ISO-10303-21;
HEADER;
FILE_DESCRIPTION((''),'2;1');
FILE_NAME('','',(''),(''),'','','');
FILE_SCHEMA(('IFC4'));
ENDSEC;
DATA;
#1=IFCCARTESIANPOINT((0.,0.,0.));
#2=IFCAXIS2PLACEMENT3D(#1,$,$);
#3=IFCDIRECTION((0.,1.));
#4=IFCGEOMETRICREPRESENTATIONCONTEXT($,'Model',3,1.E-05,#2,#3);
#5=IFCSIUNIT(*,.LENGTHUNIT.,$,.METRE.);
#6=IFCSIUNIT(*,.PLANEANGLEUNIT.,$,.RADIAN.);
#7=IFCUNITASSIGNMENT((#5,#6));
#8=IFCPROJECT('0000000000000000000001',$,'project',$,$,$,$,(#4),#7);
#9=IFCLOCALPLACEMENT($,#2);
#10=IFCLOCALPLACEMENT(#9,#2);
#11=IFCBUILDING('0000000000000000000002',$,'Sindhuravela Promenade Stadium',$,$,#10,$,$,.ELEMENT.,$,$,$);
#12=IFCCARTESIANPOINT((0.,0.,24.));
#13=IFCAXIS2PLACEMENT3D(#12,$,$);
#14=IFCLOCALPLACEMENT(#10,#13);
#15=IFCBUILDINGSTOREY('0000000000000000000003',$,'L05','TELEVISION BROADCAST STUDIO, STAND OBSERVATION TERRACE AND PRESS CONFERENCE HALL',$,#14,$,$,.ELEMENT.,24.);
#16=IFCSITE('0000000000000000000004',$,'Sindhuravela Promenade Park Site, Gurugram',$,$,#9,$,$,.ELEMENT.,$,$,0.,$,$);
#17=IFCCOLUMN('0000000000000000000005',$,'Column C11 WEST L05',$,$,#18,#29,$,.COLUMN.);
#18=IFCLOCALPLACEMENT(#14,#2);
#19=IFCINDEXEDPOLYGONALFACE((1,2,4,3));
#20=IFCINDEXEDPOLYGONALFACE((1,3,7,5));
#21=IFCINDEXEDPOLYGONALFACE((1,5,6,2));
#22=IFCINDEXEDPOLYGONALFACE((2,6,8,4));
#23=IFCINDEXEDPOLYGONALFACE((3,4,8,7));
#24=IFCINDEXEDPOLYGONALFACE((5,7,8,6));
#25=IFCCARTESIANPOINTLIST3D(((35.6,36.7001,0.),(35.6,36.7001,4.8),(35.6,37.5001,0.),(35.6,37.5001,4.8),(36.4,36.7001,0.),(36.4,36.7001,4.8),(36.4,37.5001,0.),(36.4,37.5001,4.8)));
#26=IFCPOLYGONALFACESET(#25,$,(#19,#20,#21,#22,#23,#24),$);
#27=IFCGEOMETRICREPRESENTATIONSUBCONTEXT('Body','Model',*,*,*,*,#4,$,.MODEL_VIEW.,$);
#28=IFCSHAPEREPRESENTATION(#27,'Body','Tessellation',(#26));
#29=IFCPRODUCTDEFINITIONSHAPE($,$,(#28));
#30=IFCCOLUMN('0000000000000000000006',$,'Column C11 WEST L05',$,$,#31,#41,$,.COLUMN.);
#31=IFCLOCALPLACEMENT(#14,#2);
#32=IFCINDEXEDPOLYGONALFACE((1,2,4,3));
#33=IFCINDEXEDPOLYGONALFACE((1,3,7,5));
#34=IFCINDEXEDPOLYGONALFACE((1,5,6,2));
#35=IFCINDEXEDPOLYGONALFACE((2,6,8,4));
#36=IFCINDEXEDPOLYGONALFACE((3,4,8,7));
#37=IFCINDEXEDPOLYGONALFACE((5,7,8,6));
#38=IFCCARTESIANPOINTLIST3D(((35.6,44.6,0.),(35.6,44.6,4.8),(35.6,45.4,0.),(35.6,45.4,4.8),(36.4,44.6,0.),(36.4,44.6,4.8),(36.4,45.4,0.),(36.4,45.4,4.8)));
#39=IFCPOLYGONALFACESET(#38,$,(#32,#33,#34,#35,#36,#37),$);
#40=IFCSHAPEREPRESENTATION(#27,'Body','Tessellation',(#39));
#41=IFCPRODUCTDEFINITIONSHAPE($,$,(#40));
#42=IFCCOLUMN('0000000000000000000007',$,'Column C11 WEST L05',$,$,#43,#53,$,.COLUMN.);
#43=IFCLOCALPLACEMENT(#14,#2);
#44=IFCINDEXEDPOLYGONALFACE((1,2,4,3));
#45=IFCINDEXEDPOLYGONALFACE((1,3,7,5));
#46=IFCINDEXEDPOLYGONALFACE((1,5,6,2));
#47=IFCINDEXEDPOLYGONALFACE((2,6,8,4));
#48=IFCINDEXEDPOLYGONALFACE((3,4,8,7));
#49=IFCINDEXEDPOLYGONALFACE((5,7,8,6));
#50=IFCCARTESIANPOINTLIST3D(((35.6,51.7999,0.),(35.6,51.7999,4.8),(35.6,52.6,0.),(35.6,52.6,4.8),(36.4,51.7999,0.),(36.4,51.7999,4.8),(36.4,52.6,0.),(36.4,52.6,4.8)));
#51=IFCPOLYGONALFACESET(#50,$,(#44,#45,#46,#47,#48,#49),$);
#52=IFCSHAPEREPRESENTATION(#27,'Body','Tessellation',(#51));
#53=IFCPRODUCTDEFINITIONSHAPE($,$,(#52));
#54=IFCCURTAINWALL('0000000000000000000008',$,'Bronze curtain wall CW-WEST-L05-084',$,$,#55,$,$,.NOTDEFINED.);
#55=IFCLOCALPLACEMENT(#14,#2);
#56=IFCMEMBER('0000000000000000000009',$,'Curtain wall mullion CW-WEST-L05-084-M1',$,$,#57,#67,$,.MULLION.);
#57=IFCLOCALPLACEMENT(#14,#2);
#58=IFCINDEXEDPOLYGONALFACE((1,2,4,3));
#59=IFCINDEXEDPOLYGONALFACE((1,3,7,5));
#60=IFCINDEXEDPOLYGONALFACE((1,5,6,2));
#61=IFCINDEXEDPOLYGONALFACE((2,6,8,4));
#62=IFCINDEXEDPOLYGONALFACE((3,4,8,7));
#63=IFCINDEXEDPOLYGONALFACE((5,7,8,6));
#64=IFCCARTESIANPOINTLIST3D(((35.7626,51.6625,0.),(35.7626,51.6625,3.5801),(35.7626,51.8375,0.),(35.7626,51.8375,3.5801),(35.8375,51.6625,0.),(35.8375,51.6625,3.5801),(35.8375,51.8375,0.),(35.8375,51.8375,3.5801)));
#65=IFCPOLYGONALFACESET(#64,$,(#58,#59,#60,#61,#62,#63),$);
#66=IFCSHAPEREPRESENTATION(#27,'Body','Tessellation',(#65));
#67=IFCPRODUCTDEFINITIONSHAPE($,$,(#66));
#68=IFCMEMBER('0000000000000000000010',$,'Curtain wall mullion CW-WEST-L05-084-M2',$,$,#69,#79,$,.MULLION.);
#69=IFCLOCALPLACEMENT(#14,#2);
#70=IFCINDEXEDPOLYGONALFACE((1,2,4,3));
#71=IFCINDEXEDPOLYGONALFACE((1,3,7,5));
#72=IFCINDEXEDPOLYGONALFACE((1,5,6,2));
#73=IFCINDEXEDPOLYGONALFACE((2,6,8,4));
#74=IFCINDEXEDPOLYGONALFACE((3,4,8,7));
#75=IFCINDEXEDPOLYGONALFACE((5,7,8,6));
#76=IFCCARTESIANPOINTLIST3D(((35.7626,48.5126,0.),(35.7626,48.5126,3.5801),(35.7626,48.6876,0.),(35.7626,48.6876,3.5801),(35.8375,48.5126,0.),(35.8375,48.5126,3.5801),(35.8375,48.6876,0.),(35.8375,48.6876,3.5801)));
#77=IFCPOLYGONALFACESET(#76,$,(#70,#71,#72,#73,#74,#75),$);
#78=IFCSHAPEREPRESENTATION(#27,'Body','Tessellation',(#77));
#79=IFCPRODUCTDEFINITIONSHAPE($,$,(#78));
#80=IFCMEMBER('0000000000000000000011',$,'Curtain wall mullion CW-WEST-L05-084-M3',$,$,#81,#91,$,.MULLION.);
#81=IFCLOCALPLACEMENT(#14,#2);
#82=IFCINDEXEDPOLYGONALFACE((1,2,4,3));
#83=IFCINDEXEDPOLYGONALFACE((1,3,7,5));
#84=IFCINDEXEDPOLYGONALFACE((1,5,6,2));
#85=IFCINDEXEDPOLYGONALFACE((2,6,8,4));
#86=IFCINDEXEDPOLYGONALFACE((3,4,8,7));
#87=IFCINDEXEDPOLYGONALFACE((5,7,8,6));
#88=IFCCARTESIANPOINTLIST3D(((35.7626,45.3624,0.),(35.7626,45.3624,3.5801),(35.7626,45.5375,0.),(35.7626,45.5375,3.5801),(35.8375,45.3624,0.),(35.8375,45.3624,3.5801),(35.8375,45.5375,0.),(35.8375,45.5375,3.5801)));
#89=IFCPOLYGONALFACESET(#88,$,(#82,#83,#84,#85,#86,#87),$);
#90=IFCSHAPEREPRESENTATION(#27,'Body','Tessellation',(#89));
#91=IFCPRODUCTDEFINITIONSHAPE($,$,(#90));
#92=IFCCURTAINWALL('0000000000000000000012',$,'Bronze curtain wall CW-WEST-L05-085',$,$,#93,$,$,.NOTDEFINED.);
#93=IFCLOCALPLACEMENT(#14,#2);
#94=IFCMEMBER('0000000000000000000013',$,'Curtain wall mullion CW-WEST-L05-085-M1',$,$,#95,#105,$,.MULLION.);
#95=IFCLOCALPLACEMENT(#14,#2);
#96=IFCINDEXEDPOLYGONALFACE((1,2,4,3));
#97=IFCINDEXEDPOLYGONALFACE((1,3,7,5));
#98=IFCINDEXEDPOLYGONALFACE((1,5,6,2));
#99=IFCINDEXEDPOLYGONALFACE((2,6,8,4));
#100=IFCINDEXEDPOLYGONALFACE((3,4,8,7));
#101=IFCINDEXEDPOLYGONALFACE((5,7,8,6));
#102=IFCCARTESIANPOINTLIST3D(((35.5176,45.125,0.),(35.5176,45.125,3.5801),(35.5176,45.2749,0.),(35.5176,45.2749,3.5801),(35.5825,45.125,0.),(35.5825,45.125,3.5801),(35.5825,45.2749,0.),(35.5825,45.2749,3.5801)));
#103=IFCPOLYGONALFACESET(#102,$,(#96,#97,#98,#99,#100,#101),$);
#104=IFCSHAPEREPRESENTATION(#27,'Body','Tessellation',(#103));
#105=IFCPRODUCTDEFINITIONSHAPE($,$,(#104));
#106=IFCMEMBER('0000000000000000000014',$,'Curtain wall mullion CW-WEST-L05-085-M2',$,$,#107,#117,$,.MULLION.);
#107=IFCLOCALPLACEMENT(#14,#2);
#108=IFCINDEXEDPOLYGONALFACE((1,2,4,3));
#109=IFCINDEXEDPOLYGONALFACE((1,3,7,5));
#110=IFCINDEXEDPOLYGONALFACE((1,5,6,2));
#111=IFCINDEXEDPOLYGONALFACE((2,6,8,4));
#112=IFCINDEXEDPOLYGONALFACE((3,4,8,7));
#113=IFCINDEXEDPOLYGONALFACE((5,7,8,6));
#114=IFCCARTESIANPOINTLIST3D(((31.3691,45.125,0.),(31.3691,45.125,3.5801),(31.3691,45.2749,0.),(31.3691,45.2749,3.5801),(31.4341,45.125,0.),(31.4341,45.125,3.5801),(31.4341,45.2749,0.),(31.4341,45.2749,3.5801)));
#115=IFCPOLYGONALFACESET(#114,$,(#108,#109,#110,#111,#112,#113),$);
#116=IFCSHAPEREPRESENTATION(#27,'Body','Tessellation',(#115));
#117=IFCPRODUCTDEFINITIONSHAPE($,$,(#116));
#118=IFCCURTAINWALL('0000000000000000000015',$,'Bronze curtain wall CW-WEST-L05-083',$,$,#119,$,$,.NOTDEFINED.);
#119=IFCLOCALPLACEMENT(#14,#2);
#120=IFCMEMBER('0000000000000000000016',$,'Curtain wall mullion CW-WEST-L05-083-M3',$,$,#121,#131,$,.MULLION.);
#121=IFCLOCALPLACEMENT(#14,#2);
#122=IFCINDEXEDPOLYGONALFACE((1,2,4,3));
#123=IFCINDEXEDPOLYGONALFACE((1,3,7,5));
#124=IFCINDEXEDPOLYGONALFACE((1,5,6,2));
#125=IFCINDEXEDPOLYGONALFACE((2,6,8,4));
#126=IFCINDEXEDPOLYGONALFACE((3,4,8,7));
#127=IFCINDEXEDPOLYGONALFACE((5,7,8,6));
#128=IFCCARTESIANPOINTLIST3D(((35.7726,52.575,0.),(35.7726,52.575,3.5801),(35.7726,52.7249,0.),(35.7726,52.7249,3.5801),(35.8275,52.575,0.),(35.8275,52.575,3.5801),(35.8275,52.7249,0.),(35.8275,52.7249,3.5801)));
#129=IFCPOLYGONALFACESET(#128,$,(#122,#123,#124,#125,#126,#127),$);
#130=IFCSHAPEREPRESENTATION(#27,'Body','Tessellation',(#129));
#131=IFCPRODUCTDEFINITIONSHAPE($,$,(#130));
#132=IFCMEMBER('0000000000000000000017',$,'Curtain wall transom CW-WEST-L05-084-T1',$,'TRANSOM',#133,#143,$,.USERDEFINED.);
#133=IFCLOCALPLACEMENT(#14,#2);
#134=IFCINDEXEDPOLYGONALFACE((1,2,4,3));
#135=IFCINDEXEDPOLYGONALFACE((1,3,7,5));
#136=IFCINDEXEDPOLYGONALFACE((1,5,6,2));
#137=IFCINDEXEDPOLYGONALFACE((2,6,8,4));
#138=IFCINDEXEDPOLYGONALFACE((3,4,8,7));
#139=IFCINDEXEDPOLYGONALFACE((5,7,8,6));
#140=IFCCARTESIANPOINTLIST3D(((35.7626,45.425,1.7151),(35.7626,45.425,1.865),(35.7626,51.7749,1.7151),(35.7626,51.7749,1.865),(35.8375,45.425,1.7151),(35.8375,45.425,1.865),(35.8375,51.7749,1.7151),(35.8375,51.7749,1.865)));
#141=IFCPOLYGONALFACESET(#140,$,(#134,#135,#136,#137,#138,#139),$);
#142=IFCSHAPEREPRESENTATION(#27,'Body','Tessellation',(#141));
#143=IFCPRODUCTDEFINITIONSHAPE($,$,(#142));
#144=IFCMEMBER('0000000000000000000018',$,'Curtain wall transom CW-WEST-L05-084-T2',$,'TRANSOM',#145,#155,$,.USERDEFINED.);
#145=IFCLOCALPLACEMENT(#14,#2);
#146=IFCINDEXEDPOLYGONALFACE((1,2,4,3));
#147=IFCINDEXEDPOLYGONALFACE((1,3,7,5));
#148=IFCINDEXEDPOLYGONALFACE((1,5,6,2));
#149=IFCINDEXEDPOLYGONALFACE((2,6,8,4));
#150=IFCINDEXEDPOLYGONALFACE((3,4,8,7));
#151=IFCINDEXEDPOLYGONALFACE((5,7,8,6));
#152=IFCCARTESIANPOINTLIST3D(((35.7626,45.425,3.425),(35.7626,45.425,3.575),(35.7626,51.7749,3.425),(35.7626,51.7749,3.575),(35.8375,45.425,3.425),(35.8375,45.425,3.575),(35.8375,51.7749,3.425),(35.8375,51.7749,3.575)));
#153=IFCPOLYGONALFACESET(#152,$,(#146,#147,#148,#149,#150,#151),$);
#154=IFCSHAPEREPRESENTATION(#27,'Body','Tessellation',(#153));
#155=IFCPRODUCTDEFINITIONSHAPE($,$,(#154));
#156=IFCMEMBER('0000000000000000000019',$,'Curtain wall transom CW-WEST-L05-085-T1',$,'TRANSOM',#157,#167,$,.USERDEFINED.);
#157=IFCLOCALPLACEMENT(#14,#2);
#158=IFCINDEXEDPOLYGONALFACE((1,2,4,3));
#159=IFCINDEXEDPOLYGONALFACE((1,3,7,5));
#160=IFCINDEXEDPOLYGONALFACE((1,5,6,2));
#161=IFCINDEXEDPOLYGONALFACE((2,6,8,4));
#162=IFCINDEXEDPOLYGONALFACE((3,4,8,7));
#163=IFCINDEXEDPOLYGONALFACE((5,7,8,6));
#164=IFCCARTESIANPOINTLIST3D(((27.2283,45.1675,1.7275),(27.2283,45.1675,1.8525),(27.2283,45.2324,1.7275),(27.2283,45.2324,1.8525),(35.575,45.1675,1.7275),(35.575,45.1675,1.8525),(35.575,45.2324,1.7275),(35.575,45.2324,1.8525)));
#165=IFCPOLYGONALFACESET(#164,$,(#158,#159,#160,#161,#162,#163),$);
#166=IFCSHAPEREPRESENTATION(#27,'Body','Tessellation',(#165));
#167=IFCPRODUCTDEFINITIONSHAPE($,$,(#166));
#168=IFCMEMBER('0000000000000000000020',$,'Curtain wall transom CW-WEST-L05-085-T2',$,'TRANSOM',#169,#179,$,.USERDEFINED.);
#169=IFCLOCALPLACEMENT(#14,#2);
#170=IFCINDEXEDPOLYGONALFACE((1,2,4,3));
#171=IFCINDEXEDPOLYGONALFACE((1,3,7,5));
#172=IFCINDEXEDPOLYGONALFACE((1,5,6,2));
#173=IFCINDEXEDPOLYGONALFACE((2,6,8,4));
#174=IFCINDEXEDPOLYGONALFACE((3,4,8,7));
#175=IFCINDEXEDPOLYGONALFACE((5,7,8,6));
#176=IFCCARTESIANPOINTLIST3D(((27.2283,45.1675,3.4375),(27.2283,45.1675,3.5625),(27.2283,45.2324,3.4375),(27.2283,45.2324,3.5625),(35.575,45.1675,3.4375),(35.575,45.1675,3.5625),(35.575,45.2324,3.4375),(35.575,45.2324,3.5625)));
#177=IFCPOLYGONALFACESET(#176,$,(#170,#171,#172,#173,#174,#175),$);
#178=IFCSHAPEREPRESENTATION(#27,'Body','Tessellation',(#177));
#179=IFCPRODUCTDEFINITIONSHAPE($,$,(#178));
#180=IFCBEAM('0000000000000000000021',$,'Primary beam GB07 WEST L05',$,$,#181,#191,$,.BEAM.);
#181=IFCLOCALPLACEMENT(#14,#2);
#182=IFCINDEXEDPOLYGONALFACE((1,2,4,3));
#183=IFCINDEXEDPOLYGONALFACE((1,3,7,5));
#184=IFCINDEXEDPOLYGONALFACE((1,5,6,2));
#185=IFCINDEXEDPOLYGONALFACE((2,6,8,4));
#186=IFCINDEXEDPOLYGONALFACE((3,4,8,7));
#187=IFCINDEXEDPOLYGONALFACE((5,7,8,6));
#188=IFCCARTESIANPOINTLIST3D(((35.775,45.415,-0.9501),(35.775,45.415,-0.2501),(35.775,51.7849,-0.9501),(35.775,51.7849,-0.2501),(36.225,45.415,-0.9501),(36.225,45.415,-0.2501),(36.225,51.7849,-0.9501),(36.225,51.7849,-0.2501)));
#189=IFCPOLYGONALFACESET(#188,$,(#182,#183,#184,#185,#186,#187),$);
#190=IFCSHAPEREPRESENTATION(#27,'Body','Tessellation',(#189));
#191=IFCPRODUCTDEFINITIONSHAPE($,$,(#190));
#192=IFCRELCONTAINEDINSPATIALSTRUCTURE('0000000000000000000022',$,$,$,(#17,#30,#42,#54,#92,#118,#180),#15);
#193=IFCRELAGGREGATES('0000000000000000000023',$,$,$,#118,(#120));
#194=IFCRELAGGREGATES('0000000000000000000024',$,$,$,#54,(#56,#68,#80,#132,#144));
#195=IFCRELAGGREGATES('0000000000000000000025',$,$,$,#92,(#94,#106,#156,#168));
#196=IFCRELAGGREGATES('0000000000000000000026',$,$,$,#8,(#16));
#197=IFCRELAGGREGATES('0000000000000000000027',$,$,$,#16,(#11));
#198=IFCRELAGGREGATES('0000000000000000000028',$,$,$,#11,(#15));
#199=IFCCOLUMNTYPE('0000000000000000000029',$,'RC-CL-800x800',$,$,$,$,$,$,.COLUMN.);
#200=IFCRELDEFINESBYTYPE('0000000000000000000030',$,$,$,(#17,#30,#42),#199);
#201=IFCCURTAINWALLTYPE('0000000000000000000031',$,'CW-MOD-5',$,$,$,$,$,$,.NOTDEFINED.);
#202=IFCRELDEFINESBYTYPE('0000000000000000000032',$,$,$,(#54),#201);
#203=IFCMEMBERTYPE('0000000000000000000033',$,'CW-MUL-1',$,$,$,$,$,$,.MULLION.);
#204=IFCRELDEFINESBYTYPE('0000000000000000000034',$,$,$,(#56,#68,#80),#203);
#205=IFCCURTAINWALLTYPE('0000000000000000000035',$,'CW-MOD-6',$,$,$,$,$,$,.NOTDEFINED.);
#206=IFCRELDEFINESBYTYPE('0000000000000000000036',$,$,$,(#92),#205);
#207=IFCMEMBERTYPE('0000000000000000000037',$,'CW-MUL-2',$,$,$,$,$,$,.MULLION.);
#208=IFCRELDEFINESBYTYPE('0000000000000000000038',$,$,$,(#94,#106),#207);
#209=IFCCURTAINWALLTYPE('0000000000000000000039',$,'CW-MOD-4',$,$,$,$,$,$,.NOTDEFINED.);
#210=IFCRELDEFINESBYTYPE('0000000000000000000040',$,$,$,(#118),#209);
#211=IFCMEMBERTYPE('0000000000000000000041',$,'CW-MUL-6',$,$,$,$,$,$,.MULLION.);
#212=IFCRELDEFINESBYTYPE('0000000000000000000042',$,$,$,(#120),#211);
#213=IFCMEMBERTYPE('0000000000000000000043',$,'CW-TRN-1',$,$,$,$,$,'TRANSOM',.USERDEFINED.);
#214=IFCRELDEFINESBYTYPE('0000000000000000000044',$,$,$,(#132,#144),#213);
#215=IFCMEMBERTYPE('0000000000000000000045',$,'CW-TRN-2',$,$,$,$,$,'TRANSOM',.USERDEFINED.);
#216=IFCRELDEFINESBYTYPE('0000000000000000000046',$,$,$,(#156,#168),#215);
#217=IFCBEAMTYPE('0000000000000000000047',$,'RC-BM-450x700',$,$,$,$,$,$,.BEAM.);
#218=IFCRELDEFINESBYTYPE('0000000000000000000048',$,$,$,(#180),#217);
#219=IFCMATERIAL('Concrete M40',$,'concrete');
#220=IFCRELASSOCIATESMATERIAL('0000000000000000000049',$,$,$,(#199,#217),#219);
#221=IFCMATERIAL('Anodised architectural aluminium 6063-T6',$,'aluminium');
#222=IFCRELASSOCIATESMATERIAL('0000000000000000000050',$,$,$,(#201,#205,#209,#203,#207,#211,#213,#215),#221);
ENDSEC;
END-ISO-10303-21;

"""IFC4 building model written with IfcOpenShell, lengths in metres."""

from ifc_helpers import new_model, si_unit, direction, frame, origin, origin_2d, place, context, subcontext, project, spatial, rectangle, extrude, material, material_profile, profile_set, type_object, element, aggregate, save


model = new_model("IFC4")

# Units and contexts
model_context = context("Model", 3, precision=1e-05, world=origin(), true_north=direction((0.0, 1.0)))
body_context = subcontext(model_context, "Body", "Model", "MODEL_VIEW")
ifc_project = project(units=[si_unit("LENGTHUNIT", "METRE"), si_unit("PLANEANGLEUNIT", "RADIAN")], contexts=[model_context])

# Site, building, storey
site_placement = place(None, origin())
site = spatial("IfcSite", under=ifc_project, at=site_placement, Name="Sindhuravela Promenade Park Site, Gurugram", CompositionType="ELEMENT", RefElevation=0.0)
building_placement = place(site_placement, origin())
building = spatial("IfcBuilding", under=site, at=building_placement, Name="Sindhuravela Promenade Stadium", CompositionType="ELEMENT")
storey_placement = place(building_placement, frame((0.0, 0.0, 24.0)))
storey = spatial("IfcBuildingStorey", under=building, at=storey_placement, Name="L05", Description="TELEVISION BROADCAST STUDIO, STAND OBSERVATION TERRACE AND PRESS CONFERENCE HALL", CompositionType="ELEMENT", Elevation=24.0)

# Columns
ifc_material_1 = material(Name="Concrete M40", Category="concrete")
ifc_material_profile_1 = material_profile(ifc_material_1, rectangle(XDim=0.8, YDim=0.8, at=origin_2d()), Name="RC 800x800")
ifc_profile_set_1 = profile_set([ifc_material_profile_1], Name="Concrete M40")
column_type = type_object("IfcColumnType", Name="RC-CL-800x800", PredefinedType="COLUMN", material=ifc_profile_set_1)
for number, where, z_axis, x_axis, name in (
    (1, (36.0, 37.1001, 0.0), (0.0, 0.0, 1.0), (1.0, 0.0, 0.0), "Column C11 WEST L05"),
    (2, (36.0, 45.0, 0.0), (0.0, 0.0, 1.0), (1.0, 0.0, 0.0), "Column C11 WEST L05"),
    (3, (36.0, 52.2, 0.0), (0.0, 0.0, 1.0), (1.0, 0.0, 0.0), "Column C11 WEST L05"),
):
    element("IfcColumn", number, at=place(storey_placement, frame(where, z_axis=z_axis, x_axis=x_axis)), inside=storey, type_object=column_type, Name=name, PredefinedType="COLUMN", context=body_context, shape_type="SweptSolid", body=[
        extrude(rectangle(XDim=0.8, YDim=0.8, at=origin_2d()), origin(), (0.0, 0.0, 1.0), 4.8),
    ])

# Curtain walls, members
ifc_material_2 = material(Name="Anodised architectural aluminium 6063-T6", Category="aluminium")
curtain_wall_type_1 = type_object("IfcCurtainWallType", Name="CW-MOD-5", PredefinedType="NOTDEFINED", material=ifc_material_2)
curtain_wall_1_placement = place(storey_placement, origin())
curtain_wall_1 = element("IfcCurtainWall", 4, at=curtain_wall_1_placement, inside=storey, type_object=curtain_wall_type_1, Name="Bronze curtain wall CW-WEST-L05-084", PredefinedType="NOTDEFINED")
ifc_material_profile_2 = material_profile(ifc_material_2, rectangle(XDim=0.075, YDim=0.175, at=origin_2d()), Name="ALU MULL 75x175")
ifc_profile_set_2 = profile_set([ifc_material_profile_2], Name="Anodised architectural aluminium 6063-T6")
member_type_1 = type_object("IfcMemberType", Name="CW-MUL-1", PredefinedType="MULLION", material=ifc_profile_set_2)
member_1_placement = place(storey_placement, frame((35.8, 51.75, 0.0), z_axis=(0.0, 0.0, 1.0), x_axis=(1.0, 0.0, 0.0)))
member_1 = element("IfcMember", 5, at=member_1_placement, type_object=member_type_1, Name="Curtain wall mullion CW-WEST-L05-084-M1", PredefinedType="MULLION", context=body_context, shape_type="SweptSolid", body=[
    extrude(rectangle(XDim=0.075, YDim=0.175, at=origin_2d()), origin(), (0.0, 0.0, 1.0), 3.5801),
])
member_2_placement = place(storey_placement, frame((35.8, 48.6001, 0.0), z_axis=(0.0, 0.0, 1.0), x_axis=(1.0, 0.0, 0.0)))
member_2 = element("IfcMember", 6, at=member_2_placement, type_object=member_type_1, Name="Curtain wall mullion CW-WEST-L05-084-M2", PredefinedType="MULLION", context=body_context, shape_type="SweptSolid", body=[
    extrude(rectangle(XDim=0.075, YDim=0.175, at=origin_2d()), origin(), (0.0, 0.0, 1.0), 3.5801),
])
member_3_placement = place(storey_placement, frame((35.8, 45.45, 0.0), z_axis=(0.0, 0.0, 1.0), x_axis=(1.0, 0.0, 0.0)))
member_3 = element("IfcMember", 7, at=member_3_placement, type_object=member_type_1, Name="Curtain wall mullion CW-WEST-L05-084-M3", PredefinedType="MULLION", context=body_context, shape_type="SweptSolid", body=[
    extrude(rectangle(XDim=0.075, YDim=0.175, at=origin_2d()), origin(), (0.0, 0.0, 1.0), 3.5801),
])
curtain_wall_type_2 = type_object("IfcCurtainWallType", Name="CW-MOD-6", PredefinedType="NOTDEFINED", material=ifc_material_2)
curtain_wall_2_placement = place(storey_placement, origin())
curtain_wall_2 = element("IfcCurtainWall", 8, at=curtain_wall_2_placement, inside=storey, type_object=curtain_wall_type_2, Name="Bronze curtain wall CW-WEST-L05-085", PredefinedType="NOTDEFINED")
ifc_material_profile_3 = material_profile(ifc_material_2, rectangle(XDim=0.0649, YDim=0.1499, at=origin_2d()), Name="ALU MULL 65x150")
ifc_profile_set_3 = profile_set([ifc_material_profile_3], Name="Anodised architectural aluminium 6063-T6")
member_type_2 = type_object("IfcMemberType", Name="CW-MUL-2", PredefinedType="MULLION", material=ifc_profile_set_3)
member_4_placement = place(storey_placement, frame((35.55, 45.2, 0.0), z_axis=(0.0, 0.0, 1.0), x_axis=(1.0, 0.0, 0.0)))
member_4 = element("IfcMember", 9, at=member_4_placement, type_object=member_type_2, Name="Curtain wall mullion CW-WEST-L05-085-M1", PredefinedType="MULLION", context=body_context, shape_type="SweptSolid", body=[
    extrude(rectangle(XDim=0.0649, YDim=0.1499, at=origin_2d()), origin(), (0.0, 0.0, 1.0), 3.5801),
])
member_5_placement = place(storey_placement, frame((31.4016, 45.2, 0.0), z_axis=(0.0, 0.0, 1.0), x_axis=(1.0, 0.0, 0.0)))
member_5 = element("IfcMember", 10, at=member_5_placement, type_object=member_type_2, Name="Curtain wall mullion CW-WEST-L05-085-M2", PredefinedType="MULLION", context=body_context, shape_type="SweptSolid", body=[
    extrude(rectangle(XDim=0.0649, YDim=0.1499, at=origin_2d()), origin(), (0.0, 0.0, 1.0), 3.5801),
])

# Curtain wall, member
curtain_wall_type_3 = type_object("IfcCurtainWallType", Name="CW-MOD-4", PredefinedType="NOTDEFINED", material=ifc_material_2)
curtain_wall_3_placement = place(storey_placement, origin())
curtain_wall_3 = element("IfcCurtainWall", 11, at=curtain_wall_3_placement, inside=storey, type_object=curtain_wall_type_3, Name="Bronze curtain wall CW-WEST-L05-083", PredefinedType="NOTDEFINED")
ifc_material_profile_4 = material_profile(ifc_material_2, rectangle(XDim=0.0549, YDim=0.1499, at=origin_2d()), Name="ALU M55x150")
ifc_profile_set_4 = profile_set([ifc_material_profile_4], Name="Anodised architectural aluminium 6063-T6")
member_type_3 = type_object("IfcMemberType", Name="CW-MUL-6", PredefinedType="MULLION", material=ifc_profile_set_4)
member_6_placement = place(storey_placement, frame((35.8, 52.6499, 0.0), z_axis=(0.0, 0.0, 1.0), x_axis=(1.0, 0.0, 0.0)))
member_6 = element("IfcMember", 12, at=member_6_placement, type_object=member_type_3, Name="Curtain wall mullion CW-WEST-L05-083-M3", PredefinedType="MULLION", context=body_context, shape_type="SweptSolid", body=[
    extrude(rectangle(XDim=0.0549, YDim=0.1499, at=origin_2d()), origin(), (0.0, 0.0, 1.0), 3.5801),
])
aggregate(curtain_wall_3, [member_6])

# Members
ifc_material_profile_5 = material_profile(ifc_material_2, rectangle(XDim=0.075, YDim=0.1499, at=origin_2d()), Name="ALU TRAN 75x150")
ifc_profile_set_5 = profile_set([ifc_material_profile_5], Name="Anodised architectural aluminium 6063-T6")
member_type_4 = type_object("IfcMemberType", Name="CW-TRN-1", ElementType="TRANSOM", PredefinedType="USERDEFINED", material=ifc_profile_set_5)
member_7_placement = place(storey_placement, frame((35.8, 51.7749, 1.79), z_axis=(0.0, -1.0, 0.0), x_axis=(1.0, 0.0, 0.0)))
member_7 = element("IfcMember", 13, at=member_7_placement, type_object=member_type_4, Name="Curtain wall transom CW-WEST-L05-084-T1", ObjectType="TRANSOM", PredefinedType="USERDEFINED", context=body_context, shape_type="SweptSolid", body=[
    extrude(rectangle(XDim=0.075, YDim=0.1499, at=origin_2d()), origin(), (0.0, 0.0, 1.0), 6.3499),
])
member_8_placement = place(storey_placement, frame((35.8, 51.7749, 3.5), z_axis=(0.0, -1.0, 0.0), x_axis=(1.0, 0.0, 0.0)))
member_8 = element("IfcMember", 14, at=member_8_placement, type_object=member_type_4, Name="Curtain wall transom CW-WEST-L05-084-T2", ObjectType="TRANSOM", PredefinedType="USERDEFINED", context=body_context, shape_type="SweptSolid", body=[
    extrude(rectangle(XDim=0.075, YDim=0.1499, at=origin_2d()), origin(), (0.0, 0.0, 1.0), 6.3499),
])
ifc_material_profile_6 = material_profile(ifc_material_2, rectangle(XDim=0.0649, YDim=0.125, at=origin_2d()), Name="ALU TRAN 65x125")
ifc_profile_set_6 = profile_set([ifc_material_profile_6], Name="Anodised architectural aluminium 6063-T6")
member_type_5 = type_object("IfcMemberType", Name="CW-TRN-2", ElementType="TRANSOM", PredefinedType="USERDEFINED", material=ifc_profile_set_6)
member_9_placement = place(storey_placement, frame((35.575, 45.2, 1.79), z_axis=(-1.0, 0.0, 0.0), x_axis=(0.0, -1.0, 0.0)))
member_9 = element("IfcMember", 15, at=member_9_placement, type_object=member_type_5, Name="Curtain wall transom CW-WEST-L05-085-T1", ObjectType="TRANSOM", PredefinedType="USERDEFINED", context=body_context, shape_type="SweptSolid", body=[
    extrude(rectangle(XDim=0.0649, YDim=0.125, at=origin_2d()), origin(), (0.0, 0.0, 1.0), 8.3467),
])
member_10_placement = place(storey_placement, frame((35.575, 45.2, 3.5), z_axis=(-1.0, 0.0, 0.0), x_axis=(0.0, -1.0, 0.0)))
member_10 = element("IfcMember", 16, at=member_10_placement, type_object=member_type_5, Name="Curtain wall transom CW-WEST-L05-085-T2", ObjectType="TRANSOM", PredefinedType="USERDEFINED", context=body_context, shape_type="SweptSolid", body=[
    extrude(rectangle(XDim=0.0649, YDim=0.125, at=origin_2d()), origin(), (0.0, 0.0, 1.0), 8.3467),
])

# Beam
ifc_material_profile_7 = material_profile(ifc_material_1, rectangle(XDim=0.45, YDim=0.7, at=origin_2d()), Name="RC 450x700")
ifc_profile_set_7 = profile_set([ifc_material_profile_7], Name="Concrete M40")
beam_type_1 = type_object("IfcBeamType", Name="RC-BM-450x700", PredefinedType="BEAM", material=ifc_profile_set_7)
beam_1_placement = place(storey_placement, frame((36.0, 45.415, -0.6001), z_axis=(0.0, 1.0, 0.0), x_axis=(-1.0, 0.0, 0.0)))
element("IfcBeam", 17, at=beam_1_placement, inside=storey, type_object=beam_type_1, Name="Primary beam GB07 WEST L05", PredefinedType="BEAM", context=body_context, shape_type="SweptSolid", body=[
    extrude(rectangle(XDim=0.45, YDim=0.7, at=origin_2d()), origin(), (0.0, 0.0, 1.0), 6.3699),
])

aggregate(curtain_wall_1, [member_1, member_2, member_3, member_7, member_8])
aggregate(curtain_wall_2, [member_4, member_5, member_9, member_10])

save(model, "model.ifc")
